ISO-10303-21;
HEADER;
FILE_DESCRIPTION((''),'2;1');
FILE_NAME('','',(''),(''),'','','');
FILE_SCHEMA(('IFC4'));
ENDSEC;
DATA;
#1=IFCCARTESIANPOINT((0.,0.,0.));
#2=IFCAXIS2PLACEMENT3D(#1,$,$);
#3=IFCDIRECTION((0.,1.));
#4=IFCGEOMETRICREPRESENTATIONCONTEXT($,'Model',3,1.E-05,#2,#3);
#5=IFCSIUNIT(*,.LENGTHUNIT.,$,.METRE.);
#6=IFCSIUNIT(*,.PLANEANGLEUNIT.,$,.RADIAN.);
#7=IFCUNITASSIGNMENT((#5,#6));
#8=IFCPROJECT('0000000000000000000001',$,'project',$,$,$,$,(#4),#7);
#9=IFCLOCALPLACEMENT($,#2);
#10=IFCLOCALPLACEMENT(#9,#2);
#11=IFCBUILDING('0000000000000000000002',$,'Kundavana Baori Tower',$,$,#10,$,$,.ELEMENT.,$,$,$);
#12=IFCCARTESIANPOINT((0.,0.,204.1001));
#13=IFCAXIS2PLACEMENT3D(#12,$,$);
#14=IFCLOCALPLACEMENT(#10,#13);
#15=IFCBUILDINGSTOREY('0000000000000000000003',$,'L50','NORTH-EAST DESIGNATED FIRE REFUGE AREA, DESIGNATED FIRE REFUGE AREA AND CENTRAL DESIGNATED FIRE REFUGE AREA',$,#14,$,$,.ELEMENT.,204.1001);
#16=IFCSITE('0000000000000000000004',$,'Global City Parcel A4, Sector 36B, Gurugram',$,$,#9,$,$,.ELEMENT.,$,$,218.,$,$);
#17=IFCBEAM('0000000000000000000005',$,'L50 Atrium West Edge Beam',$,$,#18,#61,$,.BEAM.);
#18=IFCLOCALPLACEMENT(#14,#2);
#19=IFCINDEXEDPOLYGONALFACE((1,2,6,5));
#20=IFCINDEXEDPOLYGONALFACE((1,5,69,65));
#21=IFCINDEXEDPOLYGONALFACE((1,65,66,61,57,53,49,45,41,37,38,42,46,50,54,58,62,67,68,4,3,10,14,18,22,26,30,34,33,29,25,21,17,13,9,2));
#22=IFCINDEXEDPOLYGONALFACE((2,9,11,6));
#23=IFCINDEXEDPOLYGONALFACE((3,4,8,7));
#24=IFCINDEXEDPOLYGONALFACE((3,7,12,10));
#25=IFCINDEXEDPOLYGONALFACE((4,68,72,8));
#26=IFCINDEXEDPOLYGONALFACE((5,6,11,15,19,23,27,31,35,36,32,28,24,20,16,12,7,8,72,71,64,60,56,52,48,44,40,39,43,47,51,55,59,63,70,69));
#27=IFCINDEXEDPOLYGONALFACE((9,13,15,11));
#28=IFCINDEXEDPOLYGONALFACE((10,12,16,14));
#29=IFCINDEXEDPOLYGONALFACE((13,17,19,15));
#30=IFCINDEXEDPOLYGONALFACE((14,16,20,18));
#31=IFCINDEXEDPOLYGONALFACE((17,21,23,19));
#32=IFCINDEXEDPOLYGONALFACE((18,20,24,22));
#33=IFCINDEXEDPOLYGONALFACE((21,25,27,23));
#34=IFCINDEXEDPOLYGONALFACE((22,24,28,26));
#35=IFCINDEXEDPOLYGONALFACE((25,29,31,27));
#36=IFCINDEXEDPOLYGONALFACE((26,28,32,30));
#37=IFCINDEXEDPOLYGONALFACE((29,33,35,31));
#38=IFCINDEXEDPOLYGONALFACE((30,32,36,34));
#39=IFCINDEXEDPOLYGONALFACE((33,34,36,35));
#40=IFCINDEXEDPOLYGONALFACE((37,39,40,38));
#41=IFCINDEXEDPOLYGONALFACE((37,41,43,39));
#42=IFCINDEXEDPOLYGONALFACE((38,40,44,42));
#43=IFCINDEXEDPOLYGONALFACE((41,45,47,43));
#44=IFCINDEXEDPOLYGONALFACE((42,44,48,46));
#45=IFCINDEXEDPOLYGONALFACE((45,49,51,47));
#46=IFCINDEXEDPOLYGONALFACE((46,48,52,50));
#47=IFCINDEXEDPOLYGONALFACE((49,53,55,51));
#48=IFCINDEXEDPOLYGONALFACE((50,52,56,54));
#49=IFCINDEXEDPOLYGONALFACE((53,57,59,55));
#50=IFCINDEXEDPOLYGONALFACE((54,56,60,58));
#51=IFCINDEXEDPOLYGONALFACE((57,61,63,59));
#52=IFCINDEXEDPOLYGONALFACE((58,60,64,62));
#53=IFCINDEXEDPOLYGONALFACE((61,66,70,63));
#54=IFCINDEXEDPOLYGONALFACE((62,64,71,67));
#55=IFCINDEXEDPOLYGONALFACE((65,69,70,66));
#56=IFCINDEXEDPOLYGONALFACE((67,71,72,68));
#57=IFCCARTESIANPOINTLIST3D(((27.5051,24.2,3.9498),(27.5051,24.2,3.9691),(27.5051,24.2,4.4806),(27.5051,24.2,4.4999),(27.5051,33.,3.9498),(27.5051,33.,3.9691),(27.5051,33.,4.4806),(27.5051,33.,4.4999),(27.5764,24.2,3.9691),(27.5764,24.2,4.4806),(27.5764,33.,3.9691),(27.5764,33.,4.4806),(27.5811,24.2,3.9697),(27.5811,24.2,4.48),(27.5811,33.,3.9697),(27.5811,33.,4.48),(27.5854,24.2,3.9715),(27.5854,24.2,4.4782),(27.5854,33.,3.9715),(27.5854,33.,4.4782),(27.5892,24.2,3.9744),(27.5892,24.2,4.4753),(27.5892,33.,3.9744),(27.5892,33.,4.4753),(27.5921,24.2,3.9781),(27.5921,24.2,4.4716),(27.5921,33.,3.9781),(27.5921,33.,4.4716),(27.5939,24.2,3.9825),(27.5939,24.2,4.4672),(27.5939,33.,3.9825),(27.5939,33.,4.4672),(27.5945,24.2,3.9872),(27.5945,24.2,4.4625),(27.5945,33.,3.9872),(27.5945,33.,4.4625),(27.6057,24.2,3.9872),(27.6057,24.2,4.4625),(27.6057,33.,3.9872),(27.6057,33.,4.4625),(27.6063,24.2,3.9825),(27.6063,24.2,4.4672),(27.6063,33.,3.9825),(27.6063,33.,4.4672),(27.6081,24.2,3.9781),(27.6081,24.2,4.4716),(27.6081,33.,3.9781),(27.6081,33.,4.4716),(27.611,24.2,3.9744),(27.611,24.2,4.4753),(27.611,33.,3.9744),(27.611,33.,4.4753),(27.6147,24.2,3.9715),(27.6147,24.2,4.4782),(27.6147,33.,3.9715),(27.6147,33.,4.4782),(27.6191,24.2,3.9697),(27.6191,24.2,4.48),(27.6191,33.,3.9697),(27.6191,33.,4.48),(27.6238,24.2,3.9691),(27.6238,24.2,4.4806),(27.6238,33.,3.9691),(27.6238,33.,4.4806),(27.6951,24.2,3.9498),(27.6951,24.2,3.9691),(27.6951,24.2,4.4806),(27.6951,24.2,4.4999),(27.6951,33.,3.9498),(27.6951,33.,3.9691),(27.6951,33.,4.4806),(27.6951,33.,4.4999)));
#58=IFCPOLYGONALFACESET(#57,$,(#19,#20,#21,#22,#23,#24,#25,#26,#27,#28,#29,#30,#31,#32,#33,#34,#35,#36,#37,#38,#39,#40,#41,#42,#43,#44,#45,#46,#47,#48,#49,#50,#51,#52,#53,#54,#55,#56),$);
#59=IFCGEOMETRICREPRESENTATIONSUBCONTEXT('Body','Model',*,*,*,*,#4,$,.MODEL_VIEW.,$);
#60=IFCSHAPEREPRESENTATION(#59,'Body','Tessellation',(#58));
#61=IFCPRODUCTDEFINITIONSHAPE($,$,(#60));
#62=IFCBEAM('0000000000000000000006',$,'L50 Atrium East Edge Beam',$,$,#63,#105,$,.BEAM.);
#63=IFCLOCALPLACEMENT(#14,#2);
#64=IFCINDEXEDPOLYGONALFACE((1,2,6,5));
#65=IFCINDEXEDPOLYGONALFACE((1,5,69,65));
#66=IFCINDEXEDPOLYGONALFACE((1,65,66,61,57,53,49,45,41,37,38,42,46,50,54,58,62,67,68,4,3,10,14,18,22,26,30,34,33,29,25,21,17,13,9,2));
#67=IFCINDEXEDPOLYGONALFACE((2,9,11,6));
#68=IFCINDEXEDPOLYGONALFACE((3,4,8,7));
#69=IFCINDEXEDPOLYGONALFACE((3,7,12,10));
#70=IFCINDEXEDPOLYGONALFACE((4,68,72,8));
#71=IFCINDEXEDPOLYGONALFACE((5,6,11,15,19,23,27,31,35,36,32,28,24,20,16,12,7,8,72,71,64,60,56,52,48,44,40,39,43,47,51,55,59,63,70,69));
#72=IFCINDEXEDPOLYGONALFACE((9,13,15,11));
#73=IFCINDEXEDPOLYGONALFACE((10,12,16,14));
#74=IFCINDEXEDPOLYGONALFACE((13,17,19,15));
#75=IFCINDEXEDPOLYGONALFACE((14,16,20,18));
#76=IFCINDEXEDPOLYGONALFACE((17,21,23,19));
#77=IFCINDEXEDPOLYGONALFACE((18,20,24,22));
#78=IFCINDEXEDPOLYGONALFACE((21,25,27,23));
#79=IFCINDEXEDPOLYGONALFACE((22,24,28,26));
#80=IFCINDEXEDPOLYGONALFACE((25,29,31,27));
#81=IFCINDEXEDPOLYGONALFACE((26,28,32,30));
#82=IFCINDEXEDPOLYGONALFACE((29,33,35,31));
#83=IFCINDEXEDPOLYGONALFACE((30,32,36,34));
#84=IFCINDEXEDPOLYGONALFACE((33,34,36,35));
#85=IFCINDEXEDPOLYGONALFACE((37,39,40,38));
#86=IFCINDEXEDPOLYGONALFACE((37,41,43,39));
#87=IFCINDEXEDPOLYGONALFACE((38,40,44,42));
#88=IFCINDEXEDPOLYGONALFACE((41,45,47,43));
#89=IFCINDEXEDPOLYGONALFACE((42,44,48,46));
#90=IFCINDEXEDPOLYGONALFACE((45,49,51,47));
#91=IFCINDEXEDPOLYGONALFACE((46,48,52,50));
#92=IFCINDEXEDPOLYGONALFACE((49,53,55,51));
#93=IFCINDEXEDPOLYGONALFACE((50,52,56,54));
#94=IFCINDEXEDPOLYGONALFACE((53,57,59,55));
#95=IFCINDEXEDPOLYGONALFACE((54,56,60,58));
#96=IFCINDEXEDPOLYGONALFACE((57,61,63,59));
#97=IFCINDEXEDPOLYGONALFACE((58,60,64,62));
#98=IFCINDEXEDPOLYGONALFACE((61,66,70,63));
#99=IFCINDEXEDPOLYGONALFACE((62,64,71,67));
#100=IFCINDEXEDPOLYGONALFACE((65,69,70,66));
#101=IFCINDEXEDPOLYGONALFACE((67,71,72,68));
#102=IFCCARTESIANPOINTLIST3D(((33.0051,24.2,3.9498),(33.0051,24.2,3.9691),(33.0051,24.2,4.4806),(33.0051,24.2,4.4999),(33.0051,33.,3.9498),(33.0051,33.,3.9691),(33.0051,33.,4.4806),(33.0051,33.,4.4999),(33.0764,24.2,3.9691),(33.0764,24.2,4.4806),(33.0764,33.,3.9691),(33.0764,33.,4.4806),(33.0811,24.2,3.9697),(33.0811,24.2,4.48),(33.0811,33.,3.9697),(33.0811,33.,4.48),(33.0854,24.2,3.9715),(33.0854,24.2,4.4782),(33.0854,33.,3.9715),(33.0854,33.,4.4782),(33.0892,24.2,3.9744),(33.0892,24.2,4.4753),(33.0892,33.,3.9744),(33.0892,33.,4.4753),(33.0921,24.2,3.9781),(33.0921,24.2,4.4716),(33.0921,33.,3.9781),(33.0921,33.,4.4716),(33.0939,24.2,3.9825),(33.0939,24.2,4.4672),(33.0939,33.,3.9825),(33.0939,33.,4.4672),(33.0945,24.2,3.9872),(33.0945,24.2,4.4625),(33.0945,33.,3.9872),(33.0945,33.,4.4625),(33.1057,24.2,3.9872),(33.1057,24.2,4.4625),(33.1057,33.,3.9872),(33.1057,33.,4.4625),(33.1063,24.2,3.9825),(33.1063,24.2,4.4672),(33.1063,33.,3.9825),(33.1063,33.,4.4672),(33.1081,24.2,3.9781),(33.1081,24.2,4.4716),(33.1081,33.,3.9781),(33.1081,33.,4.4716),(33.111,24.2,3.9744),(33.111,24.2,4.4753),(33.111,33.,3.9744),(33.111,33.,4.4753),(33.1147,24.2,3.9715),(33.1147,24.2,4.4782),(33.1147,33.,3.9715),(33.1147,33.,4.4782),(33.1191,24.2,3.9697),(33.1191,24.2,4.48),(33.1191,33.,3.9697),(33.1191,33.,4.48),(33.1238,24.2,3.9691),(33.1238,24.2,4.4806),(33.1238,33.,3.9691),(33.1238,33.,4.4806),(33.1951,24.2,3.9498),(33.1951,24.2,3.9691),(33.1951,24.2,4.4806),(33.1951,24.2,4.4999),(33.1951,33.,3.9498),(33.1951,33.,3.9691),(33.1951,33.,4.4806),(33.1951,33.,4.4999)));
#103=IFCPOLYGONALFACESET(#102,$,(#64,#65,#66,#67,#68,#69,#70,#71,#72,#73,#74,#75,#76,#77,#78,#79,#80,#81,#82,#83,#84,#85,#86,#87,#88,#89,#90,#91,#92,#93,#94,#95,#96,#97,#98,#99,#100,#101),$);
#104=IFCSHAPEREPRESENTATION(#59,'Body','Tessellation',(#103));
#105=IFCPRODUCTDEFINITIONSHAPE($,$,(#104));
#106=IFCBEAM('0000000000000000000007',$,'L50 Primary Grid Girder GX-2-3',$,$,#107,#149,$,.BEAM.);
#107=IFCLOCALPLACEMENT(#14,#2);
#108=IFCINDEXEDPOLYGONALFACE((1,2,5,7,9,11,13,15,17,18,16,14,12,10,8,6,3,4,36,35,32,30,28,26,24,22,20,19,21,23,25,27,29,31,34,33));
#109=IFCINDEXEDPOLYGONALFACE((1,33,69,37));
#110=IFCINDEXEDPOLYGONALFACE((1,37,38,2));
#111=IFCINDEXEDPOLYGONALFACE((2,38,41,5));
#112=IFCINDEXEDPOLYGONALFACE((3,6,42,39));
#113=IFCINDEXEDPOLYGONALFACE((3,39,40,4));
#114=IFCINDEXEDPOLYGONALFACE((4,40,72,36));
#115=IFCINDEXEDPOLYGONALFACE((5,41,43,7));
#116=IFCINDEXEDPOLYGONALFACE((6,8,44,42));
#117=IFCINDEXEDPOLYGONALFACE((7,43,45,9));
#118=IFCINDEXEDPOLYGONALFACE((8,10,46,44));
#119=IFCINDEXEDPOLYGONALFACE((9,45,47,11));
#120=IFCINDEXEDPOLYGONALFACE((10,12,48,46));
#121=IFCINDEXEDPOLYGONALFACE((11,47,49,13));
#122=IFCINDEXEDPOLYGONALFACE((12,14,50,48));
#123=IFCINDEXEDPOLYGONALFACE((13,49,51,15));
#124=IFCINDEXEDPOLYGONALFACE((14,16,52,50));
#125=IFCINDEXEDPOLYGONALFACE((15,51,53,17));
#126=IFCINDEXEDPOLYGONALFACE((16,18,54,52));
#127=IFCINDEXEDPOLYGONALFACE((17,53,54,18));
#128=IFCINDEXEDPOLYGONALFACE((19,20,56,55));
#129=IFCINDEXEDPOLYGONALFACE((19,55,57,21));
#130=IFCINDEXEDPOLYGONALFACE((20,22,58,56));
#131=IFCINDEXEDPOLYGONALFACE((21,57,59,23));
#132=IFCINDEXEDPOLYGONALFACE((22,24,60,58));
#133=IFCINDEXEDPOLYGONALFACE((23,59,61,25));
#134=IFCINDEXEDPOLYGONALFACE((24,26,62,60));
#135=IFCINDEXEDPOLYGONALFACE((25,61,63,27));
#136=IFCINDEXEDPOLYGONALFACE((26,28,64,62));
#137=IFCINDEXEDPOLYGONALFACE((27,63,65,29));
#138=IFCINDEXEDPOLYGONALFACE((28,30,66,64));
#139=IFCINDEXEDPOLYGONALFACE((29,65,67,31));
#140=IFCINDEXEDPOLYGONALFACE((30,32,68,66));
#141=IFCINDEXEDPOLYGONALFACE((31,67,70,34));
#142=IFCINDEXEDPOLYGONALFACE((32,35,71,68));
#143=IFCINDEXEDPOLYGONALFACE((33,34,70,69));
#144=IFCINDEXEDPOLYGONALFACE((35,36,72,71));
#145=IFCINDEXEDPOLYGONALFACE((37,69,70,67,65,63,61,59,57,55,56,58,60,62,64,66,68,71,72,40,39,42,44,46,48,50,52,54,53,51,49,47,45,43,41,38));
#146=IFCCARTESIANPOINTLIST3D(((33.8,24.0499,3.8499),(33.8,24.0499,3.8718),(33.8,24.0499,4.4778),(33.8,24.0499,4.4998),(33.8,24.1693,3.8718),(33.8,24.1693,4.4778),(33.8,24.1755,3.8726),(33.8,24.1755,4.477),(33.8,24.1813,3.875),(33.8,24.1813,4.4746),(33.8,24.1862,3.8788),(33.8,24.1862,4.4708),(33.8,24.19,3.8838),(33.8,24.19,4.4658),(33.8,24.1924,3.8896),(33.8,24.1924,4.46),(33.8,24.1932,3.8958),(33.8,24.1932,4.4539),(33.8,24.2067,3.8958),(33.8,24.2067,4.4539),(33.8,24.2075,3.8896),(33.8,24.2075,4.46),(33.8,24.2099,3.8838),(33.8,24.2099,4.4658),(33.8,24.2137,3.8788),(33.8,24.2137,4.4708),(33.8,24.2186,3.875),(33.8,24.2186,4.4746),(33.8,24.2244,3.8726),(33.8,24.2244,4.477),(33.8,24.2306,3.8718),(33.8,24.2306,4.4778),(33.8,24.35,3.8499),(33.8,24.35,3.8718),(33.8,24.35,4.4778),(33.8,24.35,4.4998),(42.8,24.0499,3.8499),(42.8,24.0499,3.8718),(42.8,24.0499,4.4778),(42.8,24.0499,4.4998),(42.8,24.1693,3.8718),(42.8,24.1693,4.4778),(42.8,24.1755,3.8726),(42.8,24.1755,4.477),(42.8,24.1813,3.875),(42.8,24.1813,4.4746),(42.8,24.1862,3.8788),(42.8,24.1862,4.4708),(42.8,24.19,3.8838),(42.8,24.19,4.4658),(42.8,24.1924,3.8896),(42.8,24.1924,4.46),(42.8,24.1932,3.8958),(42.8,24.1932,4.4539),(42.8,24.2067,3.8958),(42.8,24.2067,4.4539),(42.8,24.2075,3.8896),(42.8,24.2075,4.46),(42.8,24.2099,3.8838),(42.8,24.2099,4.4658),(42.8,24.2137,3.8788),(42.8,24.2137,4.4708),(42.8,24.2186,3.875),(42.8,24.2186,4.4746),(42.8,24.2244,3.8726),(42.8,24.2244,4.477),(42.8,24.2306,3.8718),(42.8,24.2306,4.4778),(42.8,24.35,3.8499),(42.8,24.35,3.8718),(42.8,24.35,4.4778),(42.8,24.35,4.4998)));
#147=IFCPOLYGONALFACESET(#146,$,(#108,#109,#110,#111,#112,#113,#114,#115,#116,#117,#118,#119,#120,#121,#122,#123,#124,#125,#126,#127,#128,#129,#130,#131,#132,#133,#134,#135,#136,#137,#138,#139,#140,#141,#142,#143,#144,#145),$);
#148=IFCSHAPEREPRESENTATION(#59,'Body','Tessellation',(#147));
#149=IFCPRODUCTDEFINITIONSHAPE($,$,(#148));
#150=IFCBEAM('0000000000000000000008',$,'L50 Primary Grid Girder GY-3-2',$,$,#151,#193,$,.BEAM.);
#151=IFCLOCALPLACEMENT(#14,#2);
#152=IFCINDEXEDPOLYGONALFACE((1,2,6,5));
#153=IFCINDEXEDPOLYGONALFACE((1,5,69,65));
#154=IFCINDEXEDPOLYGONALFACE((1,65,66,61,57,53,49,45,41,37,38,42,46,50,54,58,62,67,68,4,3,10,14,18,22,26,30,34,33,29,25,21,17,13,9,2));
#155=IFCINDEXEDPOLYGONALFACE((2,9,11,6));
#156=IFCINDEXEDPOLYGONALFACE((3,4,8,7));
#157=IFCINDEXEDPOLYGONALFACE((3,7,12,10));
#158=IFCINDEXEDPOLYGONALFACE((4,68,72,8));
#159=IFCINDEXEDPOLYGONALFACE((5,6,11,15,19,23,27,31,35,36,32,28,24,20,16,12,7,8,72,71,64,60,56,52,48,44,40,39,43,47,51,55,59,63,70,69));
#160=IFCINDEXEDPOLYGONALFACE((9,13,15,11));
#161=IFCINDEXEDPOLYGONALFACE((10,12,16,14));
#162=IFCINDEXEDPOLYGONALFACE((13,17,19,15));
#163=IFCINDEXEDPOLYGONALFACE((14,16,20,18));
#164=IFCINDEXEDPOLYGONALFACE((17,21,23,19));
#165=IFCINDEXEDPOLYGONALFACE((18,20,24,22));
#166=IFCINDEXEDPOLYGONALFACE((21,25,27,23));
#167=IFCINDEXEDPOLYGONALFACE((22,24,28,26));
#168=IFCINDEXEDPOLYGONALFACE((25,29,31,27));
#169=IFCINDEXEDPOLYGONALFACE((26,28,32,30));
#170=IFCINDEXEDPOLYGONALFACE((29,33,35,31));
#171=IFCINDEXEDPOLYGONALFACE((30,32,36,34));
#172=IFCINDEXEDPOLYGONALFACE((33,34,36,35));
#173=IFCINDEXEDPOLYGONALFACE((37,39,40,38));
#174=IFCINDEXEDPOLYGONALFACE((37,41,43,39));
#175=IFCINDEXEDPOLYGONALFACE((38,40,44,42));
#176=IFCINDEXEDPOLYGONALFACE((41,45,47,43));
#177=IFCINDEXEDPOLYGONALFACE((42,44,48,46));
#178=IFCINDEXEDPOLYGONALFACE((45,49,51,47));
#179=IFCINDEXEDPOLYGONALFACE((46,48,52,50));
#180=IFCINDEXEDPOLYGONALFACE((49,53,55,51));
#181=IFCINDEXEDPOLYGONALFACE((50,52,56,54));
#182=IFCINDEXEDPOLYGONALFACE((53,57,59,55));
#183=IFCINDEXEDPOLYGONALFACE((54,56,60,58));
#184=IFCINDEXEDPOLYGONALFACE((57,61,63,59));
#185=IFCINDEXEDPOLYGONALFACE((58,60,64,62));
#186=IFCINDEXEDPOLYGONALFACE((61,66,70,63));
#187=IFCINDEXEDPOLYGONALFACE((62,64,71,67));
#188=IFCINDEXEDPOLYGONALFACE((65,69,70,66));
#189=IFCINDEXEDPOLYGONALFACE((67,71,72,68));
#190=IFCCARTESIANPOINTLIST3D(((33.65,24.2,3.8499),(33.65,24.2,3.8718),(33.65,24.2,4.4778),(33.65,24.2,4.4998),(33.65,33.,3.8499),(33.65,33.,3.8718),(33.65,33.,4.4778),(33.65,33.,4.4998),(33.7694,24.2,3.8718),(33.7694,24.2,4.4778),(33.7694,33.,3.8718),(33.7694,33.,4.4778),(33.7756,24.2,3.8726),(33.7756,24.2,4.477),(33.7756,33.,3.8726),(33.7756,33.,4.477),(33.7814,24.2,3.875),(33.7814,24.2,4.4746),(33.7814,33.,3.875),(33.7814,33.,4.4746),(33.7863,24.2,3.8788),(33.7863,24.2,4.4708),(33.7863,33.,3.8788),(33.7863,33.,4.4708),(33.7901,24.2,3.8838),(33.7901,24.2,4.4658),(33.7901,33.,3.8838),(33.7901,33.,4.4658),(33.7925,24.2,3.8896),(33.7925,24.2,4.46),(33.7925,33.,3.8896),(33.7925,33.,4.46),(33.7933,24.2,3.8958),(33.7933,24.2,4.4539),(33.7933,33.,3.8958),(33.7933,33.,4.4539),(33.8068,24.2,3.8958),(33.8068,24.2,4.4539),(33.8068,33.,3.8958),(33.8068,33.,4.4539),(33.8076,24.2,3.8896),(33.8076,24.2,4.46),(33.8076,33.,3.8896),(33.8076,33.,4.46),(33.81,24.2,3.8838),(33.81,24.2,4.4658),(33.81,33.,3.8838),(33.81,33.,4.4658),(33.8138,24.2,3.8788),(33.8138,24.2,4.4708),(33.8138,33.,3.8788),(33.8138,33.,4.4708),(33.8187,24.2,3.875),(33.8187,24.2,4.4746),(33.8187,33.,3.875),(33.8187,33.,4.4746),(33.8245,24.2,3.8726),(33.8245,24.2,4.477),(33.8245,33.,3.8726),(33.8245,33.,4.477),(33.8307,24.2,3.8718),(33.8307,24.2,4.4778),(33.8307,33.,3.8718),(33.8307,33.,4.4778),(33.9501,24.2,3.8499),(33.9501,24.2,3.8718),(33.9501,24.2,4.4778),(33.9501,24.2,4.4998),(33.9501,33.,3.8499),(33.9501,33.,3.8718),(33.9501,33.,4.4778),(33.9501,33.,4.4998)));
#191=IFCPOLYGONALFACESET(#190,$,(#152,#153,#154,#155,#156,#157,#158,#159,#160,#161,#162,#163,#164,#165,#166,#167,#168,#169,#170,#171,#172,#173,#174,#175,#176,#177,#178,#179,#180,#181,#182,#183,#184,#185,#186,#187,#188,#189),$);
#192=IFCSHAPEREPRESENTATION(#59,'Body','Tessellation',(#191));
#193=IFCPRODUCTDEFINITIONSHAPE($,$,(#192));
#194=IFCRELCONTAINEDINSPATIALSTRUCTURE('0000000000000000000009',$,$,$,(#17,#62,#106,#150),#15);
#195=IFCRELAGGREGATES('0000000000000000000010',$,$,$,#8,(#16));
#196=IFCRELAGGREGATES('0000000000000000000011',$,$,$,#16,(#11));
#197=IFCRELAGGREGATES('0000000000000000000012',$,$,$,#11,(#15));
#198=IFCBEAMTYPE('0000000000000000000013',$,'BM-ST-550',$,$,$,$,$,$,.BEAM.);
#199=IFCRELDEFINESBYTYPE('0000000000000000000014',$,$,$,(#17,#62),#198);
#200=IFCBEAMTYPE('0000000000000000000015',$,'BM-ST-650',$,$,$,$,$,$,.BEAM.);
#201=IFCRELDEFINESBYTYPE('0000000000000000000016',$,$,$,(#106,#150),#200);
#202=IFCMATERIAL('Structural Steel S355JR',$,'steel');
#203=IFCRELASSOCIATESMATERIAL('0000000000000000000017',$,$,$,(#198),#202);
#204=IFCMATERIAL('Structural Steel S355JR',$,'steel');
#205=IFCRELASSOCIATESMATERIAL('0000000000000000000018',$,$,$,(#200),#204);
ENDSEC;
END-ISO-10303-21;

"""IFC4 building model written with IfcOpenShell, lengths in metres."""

from ifc_helpers import new_model, si_unit, direction, frame, origin, origin_2d, place, context, subcontext, project, spatial, i_section, extrude, material, material_profile, profile_set, type_object, element, save


model = new_model("IFC4")

# Units and contexts
model_context = context("Model", 3, precision=1e-05, world=origin(), true_north=direction((0.0, 1.0)))
body_context = subcontext(model_context, "Body", "Model", "MODEL_VIEW")
ifc_project = project(units=[si_unit("LENGTHUNIT", "METRE"), si_unit("PLANEANGLEUNIT", "RADIAN")], contexts=[model_context])

# Site, building, storey
site_placement = place(None, origin())
site = spatial("IfcSite", under=ifc_project, at=site_placement, Name="Global City Parcel A4, Sector 36B, Gurugram", CompositionType="ELEMENT", RefElevation=218.0)
building_placement = place(site_placement, origin())
building = spatial("IfcBuilding", under=site, at=building_placement, Name="Kundavana Baori Tower", CompositionType="ELEMENT")
storey_placement = place(building_placement, frame((0.0, 0.0, 204.1001)))
storey = spatial("IfcBuildingStorey", under=building, at=storey_placement, Name="L50", Description="NORTH-EAST DESIGNATED FIRE REFUGE AREA, DESIGNATED FIRE REFUGE AREA AND CENTRAL DESIGNATED FIRE REFUGE AREA", CompositionType="ELEMENT", Elevation=204.1001)

# Beams
ifc_material_1 = material(Name="Structural Steel S355JR", Category="steel")
ifc_material_profile_1 = material_profile(ifc_material_1, i_section(OverallWidth=0.1899, OverallDepth=0.55, WebThickness=0.0112, FlangeThickness=0.0193, FilletRadius=0.0181, at=origin_2d()), Name="ISMB 550")
ifc_profile_set_1 = profile_set([ifc_material_profile_1], Name="Structural Steel S355JR")
beam_type_1 = type_object("IfcBeamType", Name="BM-ST-550", PredefinedType="BEAM", material=ifc_profile_set_1)
for number, where, z_axis, x_axis, name in (
    (1, (27.6001, 24.2, 4.2249), (0.0, 1.0, 0.0), (-1.0, 0.0, 0.0), "L50 Atrium West Edge Beam"),
    (2, (33.1001, 24.2, 4.2249), (0.0, 1.0, 0.0), (-1.0, 0.0, 0.0), "L50 Atrium East Edge Beam"),
):
    element("IfcBeam", number, at=place(storey_placement, frame(where, z_axis=z_axis, x_axis=x_axis)), inside=storey, type_object=beam_type_1, Name=name, PredefinedType="BEAM", context=body_context, shape_type="SweptSolid", body=[
        extrude(i_section(OverallWidth=0.1899, OverallDepth=0.55, WebThickness=0.0112, FlangeThickness=0.0193, FilletRadius=0.0181, at=origin_2d()), origin(), (0.0, 0.0, 1.0), 8.8),
    ])
ifc_material_2 = material(Name="Structural Steel S355JR", Category="steel")
ifc_material_profile_2 = material_profile(ifc_material_2, i_section(OverallWidth=0.3, OverallDepth=0.6499, WebThickness=0.0134, FlangeThickness=0.022, FilletRadius=0.0239, at=origin_2d()), Name="NPB 650x300x155")
ifc_profile_set_2 = profile_set([ifc_material_profile_2], Name="Structural Steel S355JR")
beam_type_2 = type_object("IfcBeamType", Name="BM-ST-650", PredefinedType="BEAM", material=ifc_profile_set_2)
beam_1_placement = place(storey_placement, frame((33.8, 24.2, 4.1748), z_axis=(1.0, 0.0, 0.0), x_axis=(0.0, 1.0, 0.0)))
element("IfcBeam", 3, at=beam_1_placement, inside=storey, type_object=beam_type_2, Name="L50 Primary Grid Girder GX-2-3", PredefinedType="BEAM", context=body_context, shape_type="SweptSolid", body=[
    extrude(i_section(OverallWidth=0.3, OverallDepth=0.6499, WebThickness=0.0134, FlangeThickness=0.022, FilletRadius=0.0239, at=origin_2d()), origin(), (0.0, 0.0, 1.0), 9.0),
])
beam_2_placement = place(storey_placement, frame((33.8, 24.2, 4.1748), z_axis=(0.0, 1.0, 0.0), x_axis=(-1.0, 0.0, 0.0)))
element("IfcBeam", 4, at=beam_2_placement, inside=storey, type_object=beam_type_2, Name="L50 Primary Grid Girder GY-3-2", PredefinedType="BEAM", context=body_context, shape_type="SweptSolid", body=[
    extrude(i_section(OverallWidth=0.3, OverallDepth=0.6499, WebThickness=0.0134, FlangeThickness=0.022, FilletRadius=0.0239, at=origin_2d()), origin(), (0.0, 0.0, 1.0), 8.8),
])

save(model, "model.ifc")
